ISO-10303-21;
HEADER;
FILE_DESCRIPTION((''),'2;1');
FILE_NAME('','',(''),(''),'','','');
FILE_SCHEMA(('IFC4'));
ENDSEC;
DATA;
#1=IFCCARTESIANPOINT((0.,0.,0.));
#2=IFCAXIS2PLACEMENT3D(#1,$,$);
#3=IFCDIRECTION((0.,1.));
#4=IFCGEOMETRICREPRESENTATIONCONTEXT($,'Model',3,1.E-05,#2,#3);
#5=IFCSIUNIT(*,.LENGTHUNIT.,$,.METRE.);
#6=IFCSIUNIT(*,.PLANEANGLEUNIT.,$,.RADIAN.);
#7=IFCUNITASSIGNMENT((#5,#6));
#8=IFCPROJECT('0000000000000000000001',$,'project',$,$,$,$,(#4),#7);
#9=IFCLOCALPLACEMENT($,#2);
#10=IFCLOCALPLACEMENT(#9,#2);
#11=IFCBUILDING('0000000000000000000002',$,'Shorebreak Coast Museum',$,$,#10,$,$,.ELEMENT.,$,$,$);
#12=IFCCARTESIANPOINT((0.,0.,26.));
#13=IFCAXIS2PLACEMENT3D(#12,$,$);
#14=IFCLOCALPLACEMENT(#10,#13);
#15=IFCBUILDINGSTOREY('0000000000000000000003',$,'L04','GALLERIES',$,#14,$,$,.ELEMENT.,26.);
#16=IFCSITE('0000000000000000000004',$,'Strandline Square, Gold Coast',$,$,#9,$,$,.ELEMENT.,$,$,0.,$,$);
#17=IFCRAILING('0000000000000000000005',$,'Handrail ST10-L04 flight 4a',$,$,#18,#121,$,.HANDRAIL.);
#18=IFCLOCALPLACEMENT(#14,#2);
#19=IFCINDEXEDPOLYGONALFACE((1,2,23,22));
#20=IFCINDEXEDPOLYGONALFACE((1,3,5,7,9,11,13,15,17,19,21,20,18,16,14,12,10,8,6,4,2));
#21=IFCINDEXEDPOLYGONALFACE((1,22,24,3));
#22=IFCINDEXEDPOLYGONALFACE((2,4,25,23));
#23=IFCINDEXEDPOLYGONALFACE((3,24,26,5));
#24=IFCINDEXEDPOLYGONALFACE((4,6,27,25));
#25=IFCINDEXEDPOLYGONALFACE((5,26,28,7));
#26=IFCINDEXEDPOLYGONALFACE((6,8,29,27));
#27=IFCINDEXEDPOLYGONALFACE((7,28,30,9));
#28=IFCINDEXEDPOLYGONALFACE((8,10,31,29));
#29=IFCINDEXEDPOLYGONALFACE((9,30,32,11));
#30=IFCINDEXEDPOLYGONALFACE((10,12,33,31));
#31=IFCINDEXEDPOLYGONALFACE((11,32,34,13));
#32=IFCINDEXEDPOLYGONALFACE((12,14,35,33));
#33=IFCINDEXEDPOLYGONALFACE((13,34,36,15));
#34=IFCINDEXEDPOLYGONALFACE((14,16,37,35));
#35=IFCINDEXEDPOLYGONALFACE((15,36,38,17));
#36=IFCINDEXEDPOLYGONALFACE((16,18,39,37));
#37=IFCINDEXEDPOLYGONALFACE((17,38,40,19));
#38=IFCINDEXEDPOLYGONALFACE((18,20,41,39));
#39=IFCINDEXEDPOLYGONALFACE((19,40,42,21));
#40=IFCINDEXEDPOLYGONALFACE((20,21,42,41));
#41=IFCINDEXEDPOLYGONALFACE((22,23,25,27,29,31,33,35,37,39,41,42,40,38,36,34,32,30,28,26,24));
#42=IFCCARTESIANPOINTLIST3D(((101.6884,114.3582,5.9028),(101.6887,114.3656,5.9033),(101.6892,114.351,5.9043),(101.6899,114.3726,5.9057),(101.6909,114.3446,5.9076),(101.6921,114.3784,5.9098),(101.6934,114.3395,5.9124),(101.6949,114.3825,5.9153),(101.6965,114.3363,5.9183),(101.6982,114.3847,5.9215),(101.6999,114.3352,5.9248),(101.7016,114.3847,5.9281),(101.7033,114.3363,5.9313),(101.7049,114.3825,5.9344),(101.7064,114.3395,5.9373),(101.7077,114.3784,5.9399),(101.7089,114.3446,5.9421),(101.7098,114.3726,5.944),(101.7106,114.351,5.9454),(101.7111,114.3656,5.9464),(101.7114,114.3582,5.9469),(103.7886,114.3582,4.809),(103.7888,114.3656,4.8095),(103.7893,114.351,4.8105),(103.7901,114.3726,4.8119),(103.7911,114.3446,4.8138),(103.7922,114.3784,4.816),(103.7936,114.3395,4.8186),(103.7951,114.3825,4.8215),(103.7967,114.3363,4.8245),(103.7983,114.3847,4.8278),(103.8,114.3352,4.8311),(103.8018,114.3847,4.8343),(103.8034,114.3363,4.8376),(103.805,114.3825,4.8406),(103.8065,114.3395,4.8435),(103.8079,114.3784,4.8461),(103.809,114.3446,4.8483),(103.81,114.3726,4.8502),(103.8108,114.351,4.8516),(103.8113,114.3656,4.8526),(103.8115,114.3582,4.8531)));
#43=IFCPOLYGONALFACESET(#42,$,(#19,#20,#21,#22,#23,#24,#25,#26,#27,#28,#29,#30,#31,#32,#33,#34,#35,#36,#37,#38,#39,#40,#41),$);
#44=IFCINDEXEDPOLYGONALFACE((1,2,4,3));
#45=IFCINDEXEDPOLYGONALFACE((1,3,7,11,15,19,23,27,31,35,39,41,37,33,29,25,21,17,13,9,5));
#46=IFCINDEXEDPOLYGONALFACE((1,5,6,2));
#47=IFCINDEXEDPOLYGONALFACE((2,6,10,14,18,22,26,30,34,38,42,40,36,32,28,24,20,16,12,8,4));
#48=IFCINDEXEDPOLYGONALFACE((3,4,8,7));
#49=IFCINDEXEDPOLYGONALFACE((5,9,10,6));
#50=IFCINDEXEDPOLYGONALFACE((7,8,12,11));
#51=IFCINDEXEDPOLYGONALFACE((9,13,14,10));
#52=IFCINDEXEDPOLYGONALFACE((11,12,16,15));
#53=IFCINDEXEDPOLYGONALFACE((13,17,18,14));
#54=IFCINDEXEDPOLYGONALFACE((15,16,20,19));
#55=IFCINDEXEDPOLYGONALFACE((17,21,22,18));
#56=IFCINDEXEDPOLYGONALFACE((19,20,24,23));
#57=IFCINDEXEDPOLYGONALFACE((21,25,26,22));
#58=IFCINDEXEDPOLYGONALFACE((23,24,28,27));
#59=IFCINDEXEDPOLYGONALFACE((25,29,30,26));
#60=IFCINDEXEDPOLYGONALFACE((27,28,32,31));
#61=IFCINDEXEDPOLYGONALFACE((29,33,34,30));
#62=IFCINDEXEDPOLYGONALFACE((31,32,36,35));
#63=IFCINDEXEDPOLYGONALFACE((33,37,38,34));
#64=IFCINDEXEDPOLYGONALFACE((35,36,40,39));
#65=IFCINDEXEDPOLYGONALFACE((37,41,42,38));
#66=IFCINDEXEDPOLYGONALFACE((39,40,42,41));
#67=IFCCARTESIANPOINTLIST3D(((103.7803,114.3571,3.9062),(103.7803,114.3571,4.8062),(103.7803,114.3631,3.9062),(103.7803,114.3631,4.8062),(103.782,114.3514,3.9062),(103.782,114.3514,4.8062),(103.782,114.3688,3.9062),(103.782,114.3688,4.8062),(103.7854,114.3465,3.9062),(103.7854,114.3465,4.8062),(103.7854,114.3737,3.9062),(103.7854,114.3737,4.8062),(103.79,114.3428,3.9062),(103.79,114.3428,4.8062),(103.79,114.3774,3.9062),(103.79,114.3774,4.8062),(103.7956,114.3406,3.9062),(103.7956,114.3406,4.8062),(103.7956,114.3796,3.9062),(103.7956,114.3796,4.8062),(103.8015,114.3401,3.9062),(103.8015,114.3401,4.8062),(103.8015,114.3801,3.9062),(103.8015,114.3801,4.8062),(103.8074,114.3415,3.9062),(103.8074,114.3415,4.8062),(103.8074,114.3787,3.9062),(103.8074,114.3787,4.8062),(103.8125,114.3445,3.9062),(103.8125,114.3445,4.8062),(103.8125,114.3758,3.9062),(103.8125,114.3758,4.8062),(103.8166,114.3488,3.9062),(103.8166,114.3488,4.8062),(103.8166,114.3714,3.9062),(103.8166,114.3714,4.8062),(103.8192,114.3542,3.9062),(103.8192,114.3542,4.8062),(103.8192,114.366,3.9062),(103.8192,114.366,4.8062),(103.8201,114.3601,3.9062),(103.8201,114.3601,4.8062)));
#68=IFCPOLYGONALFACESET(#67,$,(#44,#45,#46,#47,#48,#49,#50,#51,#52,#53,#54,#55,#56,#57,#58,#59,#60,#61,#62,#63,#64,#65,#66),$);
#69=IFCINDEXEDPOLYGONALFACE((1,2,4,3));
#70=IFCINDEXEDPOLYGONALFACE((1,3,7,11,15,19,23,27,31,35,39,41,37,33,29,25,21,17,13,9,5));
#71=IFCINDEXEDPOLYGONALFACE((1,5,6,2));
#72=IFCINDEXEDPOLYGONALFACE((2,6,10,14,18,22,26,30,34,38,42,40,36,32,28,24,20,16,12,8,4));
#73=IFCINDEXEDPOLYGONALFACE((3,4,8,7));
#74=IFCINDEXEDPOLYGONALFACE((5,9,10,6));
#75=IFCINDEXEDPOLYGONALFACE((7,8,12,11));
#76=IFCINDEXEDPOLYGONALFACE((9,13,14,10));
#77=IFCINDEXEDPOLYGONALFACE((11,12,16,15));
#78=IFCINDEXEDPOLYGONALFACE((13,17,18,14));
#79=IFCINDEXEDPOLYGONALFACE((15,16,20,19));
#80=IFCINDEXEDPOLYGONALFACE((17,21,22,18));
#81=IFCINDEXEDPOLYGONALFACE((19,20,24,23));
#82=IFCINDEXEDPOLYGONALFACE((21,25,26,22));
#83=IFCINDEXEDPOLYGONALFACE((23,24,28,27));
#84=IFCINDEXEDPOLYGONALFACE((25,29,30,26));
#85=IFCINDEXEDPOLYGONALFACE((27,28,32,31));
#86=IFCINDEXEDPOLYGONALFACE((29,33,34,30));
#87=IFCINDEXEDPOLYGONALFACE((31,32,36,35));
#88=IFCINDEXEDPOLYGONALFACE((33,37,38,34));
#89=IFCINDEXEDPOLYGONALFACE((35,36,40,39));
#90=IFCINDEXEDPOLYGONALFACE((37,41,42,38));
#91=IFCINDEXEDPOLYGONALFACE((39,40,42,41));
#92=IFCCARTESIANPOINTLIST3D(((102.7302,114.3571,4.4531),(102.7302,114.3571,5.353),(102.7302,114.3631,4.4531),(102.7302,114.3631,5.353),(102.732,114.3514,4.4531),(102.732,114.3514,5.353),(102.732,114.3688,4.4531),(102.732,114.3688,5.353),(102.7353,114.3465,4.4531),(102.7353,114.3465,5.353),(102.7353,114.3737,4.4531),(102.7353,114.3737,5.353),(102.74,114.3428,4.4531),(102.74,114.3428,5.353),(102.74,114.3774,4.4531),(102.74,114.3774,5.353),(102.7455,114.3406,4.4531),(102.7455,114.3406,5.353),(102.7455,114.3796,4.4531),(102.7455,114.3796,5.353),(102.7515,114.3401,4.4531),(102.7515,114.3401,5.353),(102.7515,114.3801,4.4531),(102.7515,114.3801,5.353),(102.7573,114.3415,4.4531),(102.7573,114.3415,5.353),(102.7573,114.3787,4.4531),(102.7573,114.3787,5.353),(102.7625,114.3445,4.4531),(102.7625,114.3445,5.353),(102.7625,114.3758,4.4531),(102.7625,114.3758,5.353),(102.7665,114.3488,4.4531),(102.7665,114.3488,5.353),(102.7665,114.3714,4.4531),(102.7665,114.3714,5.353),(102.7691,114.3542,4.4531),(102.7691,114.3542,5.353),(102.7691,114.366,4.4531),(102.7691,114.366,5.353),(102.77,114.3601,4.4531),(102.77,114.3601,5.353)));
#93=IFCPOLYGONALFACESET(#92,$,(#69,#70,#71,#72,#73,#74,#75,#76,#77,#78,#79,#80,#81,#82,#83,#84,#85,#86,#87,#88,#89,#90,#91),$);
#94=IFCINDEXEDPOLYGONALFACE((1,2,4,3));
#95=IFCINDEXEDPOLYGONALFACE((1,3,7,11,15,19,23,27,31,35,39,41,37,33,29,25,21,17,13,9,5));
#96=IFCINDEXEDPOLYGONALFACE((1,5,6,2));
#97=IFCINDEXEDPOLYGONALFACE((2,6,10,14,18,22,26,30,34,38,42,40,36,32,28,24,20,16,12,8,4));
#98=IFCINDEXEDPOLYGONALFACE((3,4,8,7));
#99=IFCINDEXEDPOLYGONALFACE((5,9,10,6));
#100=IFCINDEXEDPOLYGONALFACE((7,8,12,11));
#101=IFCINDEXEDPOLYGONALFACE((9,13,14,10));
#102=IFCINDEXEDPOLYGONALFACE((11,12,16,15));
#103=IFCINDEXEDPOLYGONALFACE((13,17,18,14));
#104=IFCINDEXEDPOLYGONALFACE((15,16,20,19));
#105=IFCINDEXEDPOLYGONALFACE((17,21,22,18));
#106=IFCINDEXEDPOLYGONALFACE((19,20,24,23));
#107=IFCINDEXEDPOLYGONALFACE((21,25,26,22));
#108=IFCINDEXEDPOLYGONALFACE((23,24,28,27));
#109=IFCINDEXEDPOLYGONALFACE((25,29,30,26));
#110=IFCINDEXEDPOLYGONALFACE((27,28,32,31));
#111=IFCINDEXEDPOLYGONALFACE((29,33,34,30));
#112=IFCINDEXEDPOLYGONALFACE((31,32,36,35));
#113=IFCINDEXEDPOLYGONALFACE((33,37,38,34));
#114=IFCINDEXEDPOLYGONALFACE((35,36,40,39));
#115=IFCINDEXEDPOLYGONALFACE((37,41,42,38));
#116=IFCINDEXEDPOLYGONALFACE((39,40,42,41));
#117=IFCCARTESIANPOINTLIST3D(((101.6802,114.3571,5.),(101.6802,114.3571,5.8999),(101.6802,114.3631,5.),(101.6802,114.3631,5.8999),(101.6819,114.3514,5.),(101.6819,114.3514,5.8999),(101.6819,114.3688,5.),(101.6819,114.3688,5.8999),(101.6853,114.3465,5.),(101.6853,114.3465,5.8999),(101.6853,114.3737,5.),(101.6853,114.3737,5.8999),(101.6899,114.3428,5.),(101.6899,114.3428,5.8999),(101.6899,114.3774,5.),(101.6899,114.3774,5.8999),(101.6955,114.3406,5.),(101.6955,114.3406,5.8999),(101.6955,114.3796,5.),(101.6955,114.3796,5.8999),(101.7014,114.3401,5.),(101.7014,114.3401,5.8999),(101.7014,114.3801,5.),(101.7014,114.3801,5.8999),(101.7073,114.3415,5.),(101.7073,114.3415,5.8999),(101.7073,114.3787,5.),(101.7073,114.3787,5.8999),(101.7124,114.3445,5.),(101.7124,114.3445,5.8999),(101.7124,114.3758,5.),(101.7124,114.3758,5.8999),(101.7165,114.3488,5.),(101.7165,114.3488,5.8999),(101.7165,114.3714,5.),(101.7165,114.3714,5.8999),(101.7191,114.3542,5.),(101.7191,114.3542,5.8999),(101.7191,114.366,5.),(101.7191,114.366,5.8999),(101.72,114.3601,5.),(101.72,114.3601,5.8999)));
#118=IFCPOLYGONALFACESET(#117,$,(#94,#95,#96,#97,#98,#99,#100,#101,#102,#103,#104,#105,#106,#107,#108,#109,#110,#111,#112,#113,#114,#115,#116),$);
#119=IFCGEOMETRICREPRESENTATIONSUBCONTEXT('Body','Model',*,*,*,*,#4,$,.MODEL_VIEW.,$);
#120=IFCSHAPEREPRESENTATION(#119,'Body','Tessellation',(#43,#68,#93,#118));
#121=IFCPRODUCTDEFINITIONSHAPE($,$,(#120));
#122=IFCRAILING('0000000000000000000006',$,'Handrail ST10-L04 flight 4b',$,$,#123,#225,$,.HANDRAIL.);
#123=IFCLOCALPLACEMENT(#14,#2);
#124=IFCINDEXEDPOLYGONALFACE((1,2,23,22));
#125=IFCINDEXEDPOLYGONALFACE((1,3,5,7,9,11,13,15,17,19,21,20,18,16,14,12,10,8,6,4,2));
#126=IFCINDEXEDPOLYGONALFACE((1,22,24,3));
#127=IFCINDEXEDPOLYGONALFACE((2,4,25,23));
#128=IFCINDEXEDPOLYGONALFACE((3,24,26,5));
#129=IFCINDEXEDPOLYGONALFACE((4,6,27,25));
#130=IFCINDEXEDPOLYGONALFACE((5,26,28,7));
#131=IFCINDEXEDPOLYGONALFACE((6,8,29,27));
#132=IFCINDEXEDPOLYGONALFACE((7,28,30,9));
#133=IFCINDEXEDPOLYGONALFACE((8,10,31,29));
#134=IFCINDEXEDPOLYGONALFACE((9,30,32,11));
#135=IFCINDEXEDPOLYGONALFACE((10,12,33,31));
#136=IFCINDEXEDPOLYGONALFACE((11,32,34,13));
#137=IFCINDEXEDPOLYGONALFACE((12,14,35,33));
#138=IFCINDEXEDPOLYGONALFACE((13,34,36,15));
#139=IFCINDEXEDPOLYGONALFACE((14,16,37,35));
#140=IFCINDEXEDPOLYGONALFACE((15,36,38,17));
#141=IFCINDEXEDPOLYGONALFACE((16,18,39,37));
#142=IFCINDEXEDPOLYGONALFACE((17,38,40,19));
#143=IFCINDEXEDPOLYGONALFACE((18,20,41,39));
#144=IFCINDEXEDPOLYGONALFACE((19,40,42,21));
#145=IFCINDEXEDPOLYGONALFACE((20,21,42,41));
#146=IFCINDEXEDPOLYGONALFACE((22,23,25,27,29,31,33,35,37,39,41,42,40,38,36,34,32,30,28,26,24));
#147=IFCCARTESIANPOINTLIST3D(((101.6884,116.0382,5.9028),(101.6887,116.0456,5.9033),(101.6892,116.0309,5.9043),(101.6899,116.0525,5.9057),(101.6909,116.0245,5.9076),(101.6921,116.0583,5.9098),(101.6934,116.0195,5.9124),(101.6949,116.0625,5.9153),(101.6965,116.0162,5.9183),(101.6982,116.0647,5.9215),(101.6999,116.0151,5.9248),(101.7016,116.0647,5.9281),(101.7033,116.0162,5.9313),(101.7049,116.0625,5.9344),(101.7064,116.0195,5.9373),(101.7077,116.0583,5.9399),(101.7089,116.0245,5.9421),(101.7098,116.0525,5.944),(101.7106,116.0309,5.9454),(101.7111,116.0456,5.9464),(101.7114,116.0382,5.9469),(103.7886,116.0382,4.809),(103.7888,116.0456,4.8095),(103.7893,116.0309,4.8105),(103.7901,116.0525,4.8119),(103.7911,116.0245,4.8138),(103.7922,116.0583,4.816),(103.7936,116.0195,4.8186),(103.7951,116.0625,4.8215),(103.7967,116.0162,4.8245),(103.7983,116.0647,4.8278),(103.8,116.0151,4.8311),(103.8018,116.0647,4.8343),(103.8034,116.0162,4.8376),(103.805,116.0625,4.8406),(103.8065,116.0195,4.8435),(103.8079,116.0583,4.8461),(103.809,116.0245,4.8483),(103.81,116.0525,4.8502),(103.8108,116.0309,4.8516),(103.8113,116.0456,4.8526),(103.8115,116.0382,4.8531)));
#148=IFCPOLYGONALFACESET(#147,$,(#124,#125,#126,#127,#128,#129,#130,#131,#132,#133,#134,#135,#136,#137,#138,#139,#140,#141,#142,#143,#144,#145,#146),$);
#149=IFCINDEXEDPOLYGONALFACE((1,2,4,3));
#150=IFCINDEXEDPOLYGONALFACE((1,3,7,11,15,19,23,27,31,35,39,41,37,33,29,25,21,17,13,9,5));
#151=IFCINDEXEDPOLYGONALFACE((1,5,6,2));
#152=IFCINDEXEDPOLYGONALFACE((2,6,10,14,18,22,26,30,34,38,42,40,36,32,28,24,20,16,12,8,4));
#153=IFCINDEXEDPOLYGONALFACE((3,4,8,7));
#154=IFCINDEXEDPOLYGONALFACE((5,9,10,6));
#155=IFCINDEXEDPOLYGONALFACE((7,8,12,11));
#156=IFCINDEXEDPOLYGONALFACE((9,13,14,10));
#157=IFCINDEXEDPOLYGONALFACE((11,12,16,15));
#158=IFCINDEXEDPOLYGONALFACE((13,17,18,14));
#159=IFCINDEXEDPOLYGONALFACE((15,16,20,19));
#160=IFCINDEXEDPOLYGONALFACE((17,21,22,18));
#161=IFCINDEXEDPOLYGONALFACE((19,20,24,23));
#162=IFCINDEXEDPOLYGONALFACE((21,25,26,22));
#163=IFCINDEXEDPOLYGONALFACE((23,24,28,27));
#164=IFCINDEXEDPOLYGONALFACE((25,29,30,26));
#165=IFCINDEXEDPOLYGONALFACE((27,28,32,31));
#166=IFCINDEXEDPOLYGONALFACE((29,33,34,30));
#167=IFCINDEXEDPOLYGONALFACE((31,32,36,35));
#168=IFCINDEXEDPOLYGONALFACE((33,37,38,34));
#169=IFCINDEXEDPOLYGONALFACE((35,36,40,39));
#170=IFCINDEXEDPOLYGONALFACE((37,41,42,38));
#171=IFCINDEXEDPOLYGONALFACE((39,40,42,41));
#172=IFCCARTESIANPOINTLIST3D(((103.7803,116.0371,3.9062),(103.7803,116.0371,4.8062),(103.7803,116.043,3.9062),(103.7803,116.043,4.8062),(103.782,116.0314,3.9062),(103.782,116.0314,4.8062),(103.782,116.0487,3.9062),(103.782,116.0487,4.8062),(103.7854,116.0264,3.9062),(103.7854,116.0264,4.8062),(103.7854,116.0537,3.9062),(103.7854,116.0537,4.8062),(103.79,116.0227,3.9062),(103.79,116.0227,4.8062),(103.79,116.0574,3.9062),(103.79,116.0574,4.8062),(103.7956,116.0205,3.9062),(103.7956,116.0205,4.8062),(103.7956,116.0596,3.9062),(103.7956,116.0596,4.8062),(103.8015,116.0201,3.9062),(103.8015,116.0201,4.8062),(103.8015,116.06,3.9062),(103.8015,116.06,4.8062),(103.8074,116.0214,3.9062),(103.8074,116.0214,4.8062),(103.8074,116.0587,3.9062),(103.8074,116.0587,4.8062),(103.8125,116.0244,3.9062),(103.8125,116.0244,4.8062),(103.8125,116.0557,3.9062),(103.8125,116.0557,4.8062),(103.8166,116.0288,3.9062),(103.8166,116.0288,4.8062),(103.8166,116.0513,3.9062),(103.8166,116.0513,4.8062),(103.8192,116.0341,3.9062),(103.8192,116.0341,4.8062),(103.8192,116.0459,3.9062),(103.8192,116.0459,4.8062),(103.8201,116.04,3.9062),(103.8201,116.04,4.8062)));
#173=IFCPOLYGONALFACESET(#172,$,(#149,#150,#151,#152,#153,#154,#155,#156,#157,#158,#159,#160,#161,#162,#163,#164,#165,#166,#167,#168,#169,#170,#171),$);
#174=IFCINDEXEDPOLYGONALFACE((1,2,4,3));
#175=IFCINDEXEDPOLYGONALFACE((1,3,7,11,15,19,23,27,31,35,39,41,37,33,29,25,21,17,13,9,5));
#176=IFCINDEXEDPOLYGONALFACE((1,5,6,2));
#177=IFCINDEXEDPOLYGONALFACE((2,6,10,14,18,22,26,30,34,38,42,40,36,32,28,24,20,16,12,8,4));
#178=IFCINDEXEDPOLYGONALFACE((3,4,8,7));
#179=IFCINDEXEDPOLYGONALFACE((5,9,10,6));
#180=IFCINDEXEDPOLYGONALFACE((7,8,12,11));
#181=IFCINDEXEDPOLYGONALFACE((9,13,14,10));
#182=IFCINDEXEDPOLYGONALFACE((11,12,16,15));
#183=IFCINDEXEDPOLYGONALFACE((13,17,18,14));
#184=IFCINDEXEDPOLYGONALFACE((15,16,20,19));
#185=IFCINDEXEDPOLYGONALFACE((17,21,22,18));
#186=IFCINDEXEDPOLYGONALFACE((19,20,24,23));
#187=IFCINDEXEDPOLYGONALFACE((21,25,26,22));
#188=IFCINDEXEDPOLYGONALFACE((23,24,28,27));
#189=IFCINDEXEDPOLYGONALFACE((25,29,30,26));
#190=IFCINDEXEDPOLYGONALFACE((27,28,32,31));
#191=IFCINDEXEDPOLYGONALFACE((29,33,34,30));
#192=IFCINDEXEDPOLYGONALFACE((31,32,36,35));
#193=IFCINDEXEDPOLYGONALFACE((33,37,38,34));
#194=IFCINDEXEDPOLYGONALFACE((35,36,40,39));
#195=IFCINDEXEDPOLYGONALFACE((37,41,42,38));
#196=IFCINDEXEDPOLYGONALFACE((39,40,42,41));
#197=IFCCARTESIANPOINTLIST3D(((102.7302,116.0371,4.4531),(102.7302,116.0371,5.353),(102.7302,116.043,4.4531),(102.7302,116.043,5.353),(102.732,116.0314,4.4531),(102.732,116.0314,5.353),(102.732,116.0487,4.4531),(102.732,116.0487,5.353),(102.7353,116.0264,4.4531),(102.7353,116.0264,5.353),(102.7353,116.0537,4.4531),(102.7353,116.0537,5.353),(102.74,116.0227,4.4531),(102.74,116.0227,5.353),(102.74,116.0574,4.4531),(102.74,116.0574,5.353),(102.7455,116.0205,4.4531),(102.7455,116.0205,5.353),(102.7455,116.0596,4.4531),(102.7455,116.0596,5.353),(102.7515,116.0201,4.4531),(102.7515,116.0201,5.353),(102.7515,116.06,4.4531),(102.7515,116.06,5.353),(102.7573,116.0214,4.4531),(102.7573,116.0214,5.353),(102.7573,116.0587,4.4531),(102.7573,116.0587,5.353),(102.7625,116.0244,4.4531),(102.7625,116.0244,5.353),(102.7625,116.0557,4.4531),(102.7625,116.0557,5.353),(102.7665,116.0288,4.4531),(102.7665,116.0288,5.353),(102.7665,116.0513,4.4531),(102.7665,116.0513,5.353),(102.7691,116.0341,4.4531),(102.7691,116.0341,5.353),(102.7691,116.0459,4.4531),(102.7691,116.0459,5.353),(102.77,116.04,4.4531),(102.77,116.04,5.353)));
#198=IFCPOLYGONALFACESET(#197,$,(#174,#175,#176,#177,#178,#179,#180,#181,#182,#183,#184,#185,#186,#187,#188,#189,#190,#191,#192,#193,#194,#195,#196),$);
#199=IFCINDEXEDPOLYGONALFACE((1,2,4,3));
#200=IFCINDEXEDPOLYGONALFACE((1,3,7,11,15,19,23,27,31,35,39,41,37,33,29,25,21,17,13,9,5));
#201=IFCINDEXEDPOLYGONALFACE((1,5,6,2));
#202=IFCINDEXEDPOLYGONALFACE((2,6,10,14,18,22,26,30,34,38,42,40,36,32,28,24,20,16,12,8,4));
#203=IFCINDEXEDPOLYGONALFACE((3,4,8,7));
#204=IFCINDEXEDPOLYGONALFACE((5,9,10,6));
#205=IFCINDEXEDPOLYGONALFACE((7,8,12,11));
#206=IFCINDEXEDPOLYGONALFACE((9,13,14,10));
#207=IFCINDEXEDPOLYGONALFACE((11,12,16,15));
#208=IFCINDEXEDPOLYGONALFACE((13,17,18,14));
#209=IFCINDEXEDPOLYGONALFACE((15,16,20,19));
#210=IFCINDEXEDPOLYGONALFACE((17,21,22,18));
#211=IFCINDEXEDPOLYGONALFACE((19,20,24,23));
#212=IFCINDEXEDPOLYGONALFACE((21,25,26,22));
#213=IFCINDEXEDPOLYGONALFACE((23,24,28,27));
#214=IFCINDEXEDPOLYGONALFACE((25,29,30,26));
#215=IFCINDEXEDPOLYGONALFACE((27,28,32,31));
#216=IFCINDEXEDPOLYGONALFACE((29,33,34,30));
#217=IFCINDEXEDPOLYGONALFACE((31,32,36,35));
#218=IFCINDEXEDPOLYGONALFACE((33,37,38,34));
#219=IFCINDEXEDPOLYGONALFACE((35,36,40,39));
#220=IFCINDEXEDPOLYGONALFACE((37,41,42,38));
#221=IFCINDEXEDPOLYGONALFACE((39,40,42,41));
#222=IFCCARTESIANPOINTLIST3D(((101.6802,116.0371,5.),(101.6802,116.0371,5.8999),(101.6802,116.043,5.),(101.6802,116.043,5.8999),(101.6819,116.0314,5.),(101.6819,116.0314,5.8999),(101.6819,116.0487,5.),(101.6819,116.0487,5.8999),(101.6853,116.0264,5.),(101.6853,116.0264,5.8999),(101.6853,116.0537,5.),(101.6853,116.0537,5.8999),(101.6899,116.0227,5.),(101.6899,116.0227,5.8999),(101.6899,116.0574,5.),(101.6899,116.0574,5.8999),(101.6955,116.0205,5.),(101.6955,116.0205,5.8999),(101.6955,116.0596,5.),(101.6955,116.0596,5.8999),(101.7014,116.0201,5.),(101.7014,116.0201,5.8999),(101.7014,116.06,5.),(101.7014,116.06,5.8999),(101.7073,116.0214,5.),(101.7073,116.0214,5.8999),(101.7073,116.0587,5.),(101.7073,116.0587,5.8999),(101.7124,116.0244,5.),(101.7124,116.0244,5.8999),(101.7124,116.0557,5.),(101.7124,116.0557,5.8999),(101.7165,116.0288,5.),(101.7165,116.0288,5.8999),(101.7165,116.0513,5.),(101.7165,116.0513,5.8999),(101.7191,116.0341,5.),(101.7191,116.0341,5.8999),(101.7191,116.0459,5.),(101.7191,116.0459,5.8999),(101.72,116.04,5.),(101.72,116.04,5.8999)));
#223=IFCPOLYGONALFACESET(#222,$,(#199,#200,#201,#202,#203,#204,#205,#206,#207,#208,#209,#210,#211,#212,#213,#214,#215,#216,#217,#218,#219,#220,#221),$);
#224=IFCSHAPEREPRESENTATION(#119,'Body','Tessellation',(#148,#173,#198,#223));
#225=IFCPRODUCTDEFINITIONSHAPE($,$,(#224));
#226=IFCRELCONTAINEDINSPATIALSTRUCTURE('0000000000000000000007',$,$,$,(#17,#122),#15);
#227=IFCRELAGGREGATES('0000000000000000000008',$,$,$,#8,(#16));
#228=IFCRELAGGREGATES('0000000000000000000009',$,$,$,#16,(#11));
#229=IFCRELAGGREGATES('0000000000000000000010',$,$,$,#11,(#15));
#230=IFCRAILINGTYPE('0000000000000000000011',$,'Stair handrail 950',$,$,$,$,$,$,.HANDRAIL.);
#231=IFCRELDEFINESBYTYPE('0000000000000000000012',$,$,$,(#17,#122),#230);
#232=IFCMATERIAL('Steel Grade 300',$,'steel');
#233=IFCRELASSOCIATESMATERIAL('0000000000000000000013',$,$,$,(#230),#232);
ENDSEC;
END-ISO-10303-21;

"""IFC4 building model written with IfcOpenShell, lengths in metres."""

from ifc_helpers import new_model, si_unit, direction, frame, origin, origin_2d, place, context, subcontext, project, spatial, circle, extrude, material, type_object, element, save


model = new_model("IFC4")

# Units and contexts
model_context = context("Model", 3, precision=1e-05, world=origin(), true_north=direction((0.0, 1.0)))
body_context = subcontext(model_context, "Body", "Model", "MODEL_VIEW")
ifc_project = project(units=[si_unit("LENGTHUNIT", "METRE"), si_unit("PLANEANGLEUNIT", "RADIAN")], contexts=[model_context])

# Site, building, storey
site_placement = place(None, origin())
site = spatial("IfcSite", under=ifc_project, at=site_placement, Name="Strandline Square, Gold Coast", CompositionType="ELEMENT", RefElevation=0.0)
building_placement = place(site_placement, origin())
building = spatial("IfcBuilding", under=site, at=building_placement, Name="Shorebreak Coast Museum", CompositionType="ELEMENT")
storey_placement = place(building_placement, frame((0.0, 0.0, 26.0)))
storey = spatial("IfcBuildingStorey", under=building, at=storey_placement, Name="L04", Description="GALLERIES", CompositionType="ELEMENT", Elevation=26.0)

# Railings
ifc_material_1 = material(Name="Steel Grade 300", Category="steel")
railing_type_1 = type_object("IfcRailingType", Name="Stair handrail 950", PredefinedType="HANDRAIL", material=ifc_material_1)
for number, where, name in (
    (1, (103.8, 114.3601, 3.9062), "Handrail ST10-L04 flight 4a"),
    (2, (103.8, 116.04, 3.9062), "Handrail ST10-L04 flight 4b"),
):
    element("IfcRailing", number, at=place(storey_placement, frame(where)), inside=storey, type_object=railing_type_1, Name=name, PredefinedType="HANDRAIL", context=body_context, shape_type="SweptSolid", body=[
        extrude(circle(Radius=0.0249, at=origin_2d()), frame((0.0, 0.0, 0.9248), z_axis=(-0.886923, 0.0, 0.461918), x_axis=(0.0, -1.0, 0.0)), (0.0, 0.0, 1.0), 2.3679),
        extrude(circle(Radius=0.02, at=origin_2d()), origin(), (0.0, 0.0, 1.0), 0.8999),
        extrude(circle(Radius=0.02, at=origin_2d()), frame((-1.05, 0.0, 0.5469)), (0.0, 0.0, 1.0), 0.8999),
        extrude(circle(Radius=0.02, at=origin_2d()), frame((-2.1001, 0.0, 1.0938)), (0.0, 0.0, 1.0), 0.8999),
    ])

save(model, "model.ifc")
